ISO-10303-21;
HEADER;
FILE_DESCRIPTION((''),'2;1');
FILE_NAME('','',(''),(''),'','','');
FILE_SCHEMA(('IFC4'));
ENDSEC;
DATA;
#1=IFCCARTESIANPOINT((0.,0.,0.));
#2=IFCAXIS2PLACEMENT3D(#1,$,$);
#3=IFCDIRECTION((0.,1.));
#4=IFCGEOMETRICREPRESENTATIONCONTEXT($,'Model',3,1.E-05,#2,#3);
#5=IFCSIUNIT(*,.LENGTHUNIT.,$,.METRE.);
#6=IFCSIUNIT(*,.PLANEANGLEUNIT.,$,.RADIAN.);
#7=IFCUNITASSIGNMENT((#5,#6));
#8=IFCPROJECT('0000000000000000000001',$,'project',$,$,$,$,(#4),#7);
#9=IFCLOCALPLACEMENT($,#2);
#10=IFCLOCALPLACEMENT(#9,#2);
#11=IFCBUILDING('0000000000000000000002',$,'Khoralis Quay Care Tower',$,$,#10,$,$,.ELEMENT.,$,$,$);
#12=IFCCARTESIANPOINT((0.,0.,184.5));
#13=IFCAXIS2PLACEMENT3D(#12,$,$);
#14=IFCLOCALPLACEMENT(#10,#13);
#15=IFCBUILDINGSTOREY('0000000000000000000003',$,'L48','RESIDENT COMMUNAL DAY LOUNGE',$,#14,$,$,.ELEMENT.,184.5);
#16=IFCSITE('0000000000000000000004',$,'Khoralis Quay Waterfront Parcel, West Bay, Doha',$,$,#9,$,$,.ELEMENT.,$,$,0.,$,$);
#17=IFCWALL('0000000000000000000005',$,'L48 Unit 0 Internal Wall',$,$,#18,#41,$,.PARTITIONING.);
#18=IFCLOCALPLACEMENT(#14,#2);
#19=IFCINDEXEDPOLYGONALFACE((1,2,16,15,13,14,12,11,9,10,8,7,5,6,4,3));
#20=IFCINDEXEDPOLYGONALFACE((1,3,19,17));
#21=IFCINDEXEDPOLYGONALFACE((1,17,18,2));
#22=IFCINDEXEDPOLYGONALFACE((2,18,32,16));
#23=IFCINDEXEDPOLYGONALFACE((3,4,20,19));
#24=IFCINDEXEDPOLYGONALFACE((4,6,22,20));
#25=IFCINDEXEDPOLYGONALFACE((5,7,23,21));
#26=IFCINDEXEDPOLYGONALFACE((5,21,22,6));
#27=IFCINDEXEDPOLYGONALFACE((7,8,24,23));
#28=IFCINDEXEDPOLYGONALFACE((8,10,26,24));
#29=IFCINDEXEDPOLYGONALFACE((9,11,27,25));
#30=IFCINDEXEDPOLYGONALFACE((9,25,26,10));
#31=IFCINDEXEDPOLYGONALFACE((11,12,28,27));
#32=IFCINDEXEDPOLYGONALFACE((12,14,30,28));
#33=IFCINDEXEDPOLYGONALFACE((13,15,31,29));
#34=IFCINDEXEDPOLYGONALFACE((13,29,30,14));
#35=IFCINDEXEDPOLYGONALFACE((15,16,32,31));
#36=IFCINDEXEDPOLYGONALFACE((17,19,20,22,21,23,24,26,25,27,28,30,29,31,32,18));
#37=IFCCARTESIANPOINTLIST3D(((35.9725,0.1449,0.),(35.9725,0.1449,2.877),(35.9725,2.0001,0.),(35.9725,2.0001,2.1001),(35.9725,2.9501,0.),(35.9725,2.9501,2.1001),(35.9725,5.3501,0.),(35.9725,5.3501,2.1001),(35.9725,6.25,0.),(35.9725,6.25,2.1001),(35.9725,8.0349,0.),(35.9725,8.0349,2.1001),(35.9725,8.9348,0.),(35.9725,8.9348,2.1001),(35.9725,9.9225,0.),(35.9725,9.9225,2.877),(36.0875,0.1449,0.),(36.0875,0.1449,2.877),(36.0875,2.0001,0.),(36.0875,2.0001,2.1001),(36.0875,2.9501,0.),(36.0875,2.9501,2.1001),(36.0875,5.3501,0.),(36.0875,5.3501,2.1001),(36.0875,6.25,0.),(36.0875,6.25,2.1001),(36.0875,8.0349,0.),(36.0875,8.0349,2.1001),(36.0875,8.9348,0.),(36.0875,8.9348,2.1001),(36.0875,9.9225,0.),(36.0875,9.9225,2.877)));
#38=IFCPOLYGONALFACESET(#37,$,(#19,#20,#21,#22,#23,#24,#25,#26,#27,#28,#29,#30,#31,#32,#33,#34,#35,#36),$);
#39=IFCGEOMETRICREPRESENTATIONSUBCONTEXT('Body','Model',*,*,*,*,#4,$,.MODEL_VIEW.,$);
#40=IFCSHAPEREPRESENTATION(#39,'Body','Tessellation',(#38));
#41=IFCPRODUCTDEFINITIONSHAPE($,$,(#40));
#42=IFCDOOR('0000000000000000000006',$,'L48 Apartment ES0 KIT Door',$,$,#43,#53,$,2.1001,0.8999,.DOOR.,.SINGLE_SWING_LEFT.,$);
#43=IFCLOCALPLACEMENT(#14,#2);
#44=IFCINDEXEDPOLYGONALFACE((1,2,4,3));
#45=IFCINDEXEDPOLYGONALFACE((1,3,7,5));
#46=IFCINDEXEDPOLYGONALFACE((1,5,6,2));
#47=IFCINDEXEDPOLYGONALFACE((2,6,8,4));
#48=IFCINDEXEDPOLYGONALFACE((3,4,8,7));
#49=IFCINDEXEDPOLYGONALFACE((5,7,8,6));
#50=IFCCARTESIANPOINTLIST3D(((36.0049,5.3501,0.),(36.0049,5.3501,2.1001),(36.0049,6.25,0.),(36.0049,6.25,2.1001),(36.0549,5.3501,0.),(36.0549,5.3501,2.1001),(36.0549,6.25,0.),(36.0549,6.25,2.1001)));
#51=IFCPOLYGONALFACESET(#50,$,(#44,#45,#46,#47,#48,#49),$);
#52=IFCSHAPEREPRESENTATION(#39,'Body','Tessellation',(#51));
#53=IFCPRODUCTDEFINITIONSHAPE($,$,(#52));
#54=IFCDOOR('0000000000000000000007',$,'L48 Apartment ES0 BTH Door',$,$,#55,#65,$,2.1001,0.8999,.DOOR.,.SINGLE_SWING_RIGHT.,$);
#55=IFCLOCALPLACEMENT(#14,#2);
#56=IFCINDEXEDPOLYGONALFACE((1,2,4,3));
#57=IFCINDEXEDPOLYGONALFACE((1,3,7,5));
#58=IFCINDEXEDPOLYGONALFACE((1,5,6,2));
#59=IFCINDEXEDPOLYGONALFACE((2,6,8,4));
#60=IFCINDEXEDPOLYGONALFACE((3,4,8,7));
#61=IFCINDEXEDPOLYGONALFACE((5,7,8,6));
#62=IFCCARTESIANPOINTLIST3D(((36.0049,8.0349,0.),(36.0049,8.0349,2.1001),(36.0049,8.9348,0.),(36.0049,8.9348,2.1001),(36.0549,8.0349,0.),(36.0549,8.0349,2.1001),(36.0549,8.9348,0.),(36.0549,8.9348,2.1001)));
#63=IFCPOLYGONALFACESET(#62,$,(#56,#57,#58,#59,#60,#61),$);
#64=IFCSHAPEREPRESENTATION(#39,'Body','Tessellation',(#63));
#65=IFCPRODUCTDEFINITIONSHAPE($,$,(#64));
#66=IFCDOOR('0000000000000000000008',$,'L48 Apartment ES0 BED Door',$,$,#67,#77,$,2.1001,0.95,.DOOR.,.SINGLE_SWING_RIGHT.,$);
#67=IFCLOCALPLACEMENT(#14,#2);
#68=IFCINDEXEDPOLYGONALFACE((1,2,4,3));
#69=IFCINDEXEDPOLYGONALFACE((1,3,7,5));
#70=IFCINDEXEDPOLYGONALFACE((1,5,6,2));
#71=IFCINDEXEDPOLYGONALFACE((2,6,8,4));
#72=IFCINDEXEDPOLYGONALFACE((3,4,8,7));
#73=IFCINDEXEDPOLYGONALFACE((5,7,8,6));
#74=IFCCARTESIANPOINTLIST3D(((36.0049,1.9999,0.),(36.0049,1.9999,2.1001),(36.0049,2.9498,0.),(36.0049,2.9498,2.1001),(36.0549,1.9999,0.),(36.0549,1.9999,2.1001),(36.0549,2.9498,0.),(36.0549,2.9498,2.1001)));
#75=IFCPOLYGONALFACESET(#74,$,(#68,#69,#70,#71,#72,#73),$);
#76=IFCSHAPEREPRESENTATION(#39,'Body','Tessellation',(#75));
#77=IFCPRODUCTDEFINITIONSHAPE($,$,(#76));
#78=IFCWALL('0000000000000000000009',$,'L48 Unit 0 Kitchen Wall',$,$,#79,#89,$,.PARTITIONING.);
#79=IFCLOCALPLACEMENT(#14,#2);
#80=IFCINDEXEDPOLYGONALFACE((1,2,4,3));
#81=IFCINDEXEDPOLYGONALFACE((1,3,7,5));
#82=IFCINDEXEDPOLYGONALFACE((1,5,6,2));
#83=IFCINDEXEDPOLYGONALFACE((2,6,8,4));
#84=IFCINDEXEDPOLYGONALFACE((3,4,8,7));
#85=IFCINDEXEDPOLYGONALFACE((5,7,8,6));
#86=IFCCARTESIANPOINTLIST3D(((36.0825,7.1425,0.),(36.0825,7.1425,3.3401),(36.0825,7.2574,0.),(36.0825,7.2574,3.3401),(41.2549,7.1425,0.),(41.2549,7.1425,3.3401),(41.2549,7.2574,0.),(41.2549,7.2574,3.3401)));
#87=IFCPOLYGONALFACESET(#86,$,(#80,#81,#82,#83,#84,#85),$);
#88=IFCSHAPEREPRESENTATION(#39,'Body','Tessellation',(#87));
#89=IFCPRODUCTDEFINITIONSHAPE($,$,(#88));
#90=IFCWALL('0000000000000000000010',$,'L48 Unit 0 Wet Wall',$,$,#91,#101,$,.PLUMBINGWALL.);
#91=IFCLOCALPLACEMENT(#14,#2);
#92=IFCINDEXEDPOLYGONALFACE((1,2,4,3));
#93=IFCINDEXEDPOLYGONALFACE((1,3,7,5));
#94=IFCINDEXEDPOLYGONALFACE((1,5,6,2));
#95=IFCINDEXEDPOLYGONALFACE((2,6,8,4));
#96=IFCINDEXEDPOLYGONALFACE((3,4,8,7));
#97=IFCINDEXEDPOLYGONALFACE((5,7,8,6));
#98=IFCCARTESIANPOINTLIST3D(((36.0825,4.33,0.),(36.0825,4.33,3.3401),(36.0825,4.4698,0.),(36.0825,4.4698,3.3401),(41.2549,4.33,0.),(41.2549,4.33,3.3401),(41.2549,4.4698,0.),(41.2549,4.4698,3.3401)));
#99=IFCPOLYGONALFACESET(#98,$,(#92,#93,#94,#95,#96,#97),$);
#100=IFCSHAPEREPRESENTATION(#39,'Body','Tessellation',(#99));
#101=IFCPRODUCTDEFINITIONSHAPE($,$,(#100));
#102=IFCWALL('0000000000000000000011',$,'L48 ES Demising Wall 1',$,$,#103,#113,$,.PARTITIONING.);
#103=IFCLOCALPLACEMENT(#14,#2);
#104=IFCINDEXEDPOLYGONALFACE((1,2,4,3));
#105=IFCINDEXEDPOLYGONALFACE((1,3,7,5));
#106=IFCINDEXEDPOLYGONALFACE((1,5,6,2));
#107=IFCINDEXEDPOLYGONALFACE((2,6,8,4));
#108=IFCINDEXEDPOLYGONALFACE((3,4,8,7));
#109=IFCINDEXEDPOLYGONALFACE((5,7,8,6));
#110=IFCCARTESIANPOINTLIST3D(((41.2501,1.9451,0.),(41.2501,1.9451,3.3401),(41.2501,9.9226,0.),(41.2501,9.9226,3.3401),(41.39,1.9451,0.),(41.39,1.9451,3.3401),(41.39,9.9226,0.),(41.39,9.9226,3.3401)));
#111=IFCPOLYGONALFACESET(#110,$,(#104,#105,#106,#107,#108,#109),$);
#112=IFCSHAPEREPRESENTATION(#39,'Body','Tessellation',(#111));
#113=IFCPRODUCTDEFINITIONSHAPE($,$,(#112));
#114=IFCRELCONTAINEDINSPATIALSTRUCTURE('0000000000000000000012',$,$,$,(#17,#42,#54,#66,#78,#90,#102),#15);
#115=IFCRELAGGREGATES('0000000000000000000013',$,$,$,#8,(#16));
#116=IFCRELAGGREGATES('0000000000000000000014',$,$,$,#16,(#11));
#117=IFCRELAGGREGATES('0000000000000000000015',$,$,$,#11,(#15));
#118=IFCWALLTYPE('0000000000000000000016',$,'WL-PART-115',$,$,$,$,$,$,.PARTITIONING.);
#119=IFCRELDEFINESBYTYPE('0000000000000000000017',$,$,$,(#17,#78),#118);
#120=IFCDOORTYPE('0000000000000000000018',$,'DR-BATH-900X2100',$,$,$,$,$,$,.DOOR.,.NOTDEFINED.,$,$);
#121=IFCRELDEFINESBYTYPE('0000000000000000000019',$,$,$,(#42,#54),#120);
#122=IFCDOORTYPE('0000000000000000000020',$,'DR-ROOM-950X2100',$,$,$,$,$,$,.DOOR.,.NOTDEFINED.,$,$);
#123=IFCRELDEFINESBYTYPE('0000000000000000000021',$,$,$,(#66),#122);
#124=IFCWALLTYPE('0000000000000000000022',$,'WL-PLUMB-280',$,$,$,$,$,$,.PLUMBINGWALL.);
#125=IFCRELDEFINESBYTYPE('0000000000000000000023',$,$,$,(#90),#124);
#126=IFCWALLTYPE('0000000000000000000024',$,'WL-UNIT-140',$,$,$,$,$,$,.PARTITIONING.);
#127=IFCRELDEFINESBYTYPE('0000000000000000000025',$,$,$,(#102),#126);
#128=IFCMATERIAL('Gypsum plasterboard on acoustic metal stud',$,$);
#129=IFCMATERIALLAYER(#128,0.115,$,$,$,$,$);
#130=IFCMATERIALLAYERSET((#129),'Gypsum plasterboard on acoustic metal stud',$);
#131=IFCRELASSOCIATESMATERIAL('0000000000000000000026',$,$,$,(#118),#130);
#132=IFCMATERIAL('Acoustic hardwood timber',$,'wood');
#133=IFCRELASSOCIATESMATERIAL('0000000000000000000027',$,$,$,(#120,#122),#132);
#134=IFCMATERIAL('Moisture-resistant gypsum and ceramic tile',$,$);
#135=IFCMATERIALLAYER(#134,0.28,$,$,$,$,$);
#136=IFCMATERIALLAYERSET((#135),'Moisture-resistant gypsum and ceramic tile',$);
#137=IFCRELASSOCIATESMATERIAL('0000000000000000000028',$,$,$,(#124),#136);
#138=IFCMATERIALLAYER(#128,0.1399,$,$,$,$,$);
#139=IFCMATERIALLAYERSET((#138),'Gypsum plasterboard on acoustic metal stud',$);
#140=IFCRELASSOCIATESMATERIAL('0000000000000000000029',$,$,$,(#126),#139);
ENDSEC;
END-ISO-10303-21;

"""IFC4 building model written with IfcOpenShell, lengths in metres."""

from ifc_helpers import new_model, si_unit, direction, frame, frame_2d, origin, place, context, subcontext, project, spatial, rectangle, extrude, source, transform, mapped, material, layer, layer_set, type_object, element, fill, save


model = new_model("IFC4")

# Units and contexts
model_context = context("Model", 3, precision=1e-05, world=origin(), true_north=direction((0.0, 1.0)))
body_context = subcontext(model_context, "Body", "Model", "MODEL_VIEW")
ifc_project = project(units=[si_unit("LENGTHUNIT", "METRE"), si_unit("PLANEANGLEUNIT", "RADIAN")], contexts=[model_context])

# Site, building, storey
site_placement = place(None, origin())
site = spatial("IfcSite", under=ifc_project, at=site_placement, Name="Khoralis Quay Waterfront Parcel, West Bay, Doha", CompositionType="ELEMENT", RefElevation=0.0)
building_placement = place(site_placement, origin())
building = spatial("IfcBuilding", under=site, at=building_placement, Name="Khoralis Quay Care Tower", CompositionType="ELEMENT")
storey_placement = place(building_placement, frame((0.0, 0.0, 184.5)))
storey = spatial("IfcBuildingStorey", under=building, at=storey_placement, Name="L48", Description="RESIDENT COMMUNAL DAY LOUNGE", CompositionType="ELEMENT", Elevation=184.5)

# Wall, openings, doors
ifc_material_1 = material(Name="Gypsum plasterboard on acoustic metal stud")
ifc_layer_1 = layer(ifc_material_1, 0.115)
ifc_layer_set_1 = layer_set([ifc_layer_1], Name="Gypsum plasterboard on acoustic metal stud")
wall_type_1 = type_object("IfcWallType", Name="WL-PART-115", PredefinedType="PARTITIONING", material=ifc_layer_set_1)
wall_1_placement = place(storey_placement, frame((36.03, 0.145, 0.0), z_axis=(0.0, 0.0, 1.0), x_axis=(0.0, 1.0, 0.0)))
wall_1 = element("IfcWall", 1, at=wall_1_placement, inside=storey, type_object=wall_type_1, Name="L48 Unit 0 Internal Wall", PredefinedType="PARTITIONING", context=body_context, shape_type="SweptSolid", body=[
    extrude(rectangle(XDim=9.7776, YDim=0.115, at=frame_2d((4.8887, 0.0))), origin(), (0.0, 0.0, 1.0), 2.877),
])
opening_1_placement = place(wall_1_placement, frame((1.855, 0.0, 0.0)))
opening_1 = element("IfcOpeningElement", 2, at=opening_1_placement, cuts=wall_1, PredefinedType="OPENING", context=body_context, shape_type="SweptSolid", body=[
    extrude(rectangle(XDim=0.95, YDim=2.1001, at=frame_2d((0.4751, 1.05))), frame((0.0, 0.0674, 0.0), z_axis=(0.0, -1.0, 0.0), x_axis=(1.0, 0.0, 0.0)), (0.0, 0.0, 1.0), 0.135),
])
opening_2_placement = place(wall_1_placement, frame((5.2051, 0.0, 0.0)))
opening_2 = element("IfcOpeningElement", 3, at=opening_2_placement, cuts=wall_1, PredefinedType="OPENING", context=body_context, shape_type="SweptSolid", body=[
    extrude(rectangle(XDim=0.8999, YDim=2.1001, at=frame_2d((0.45, 1.05))), frame((0.0, 0.0674, 0.0), z_axis=(0.0, -1.0, 0.0), x_axis=(1.0, 0.0, 0.0)), (0.0, 0.0, 1.0), 0.135),
])
opening_3_placement = place(wall_1_placement, frame((7.8899, 0.0, 0.0)))
opening_3 = element("IfcOpeningElement", 4, at=opening_3_placement, cuts=wall_1, PredefinedType="OPENING", context=body_context, shape_type="SweptSolid", body=[
    extrude(rectangle(XDim=0.8999, YDim=2.1001, at=frame_2d((0.45, 1.05))), frame((0.0, 0.0674, 0.0), z_axis=(0.0, -1.0, 0.0), x_axis=(1.0, 0.0, 0.0)), (0.0, 0.0, 1.0), 0.135),
])
ifc_material_2 = material(Name="Acoustic hardwood timber", Category="wood")
door_type_1 = type_object("IfcDoorType", Name="DR-BATH-900X2100", OperationType="NOTDEFINED", PredefinedType="DOOR", material=ifc_material_2)
shared_shape_1 = source(origin(), body_context, "Body", "SweptSolid", [
    extrude(rectangle(XDim=0.8999, YDim=2.1001, at=frame_2d((0.45, 1.05))), frame((0.0, 0.0249, 0.0), z_axis=(0.0, -1.0, 0.0), x_axis=(1.0, 0.0, 0.0)), (0.0, 0.0, 1.0), 0.05),
])
door_1_placement = place(opening_2_placement, frame((0.8999, 0.0, 0.0), z_axis=(0.0, 0.0, 1.0), x_axis=(-1.0, 0.0, 0.0)))
door_1 = element("IfcDoor", 5, at=door_1_placement, inside=storey, type_object=door_type_1, Name="L48 Apartment ES0 KIT Door", OperationType="SINGLE_SWING_LEFT", OverallHeight=2.1001, OverallWidth=0.8999, PredefinedType="DOOR", context=body_context, shape_type="MappedRepresentation", body=[
    mapped(shared_shape_1, transform((0.0, 0.0, 0.0), scale=1.0)),
])
fill(opening_2, door_1)
door_2_placement = place(opening_3_placement, frame((0.8999, 0.0, 0.0), z_axis=(0.0, 0.0, 1.0), x_axis=(-1.0, 0.0, 0.0)))
door_2 = element("IfcDoor", 6, at=door_2_placement, inside=storey, type_object=door_type_1, Name="L48 Apartment ES0 BTH Door", OperationType="SINGLE_SWING_RIGHT", OverallHeight=2.1001, OverallWidth=0.8999, PredefinedType="DOOR", context=body_context, shape_type="MappedRepresentation", body=[
    mapped(shared_shape_1, transform((0.0, 0.0, 0.0), scale=1.0)),
])
fill(opening_3, door_2)
door_type_2 = type_object("IfcDoorType", Name="DR-ROOM-950X2100", OperationType="NOTDEFINED", PredefinedType="DOOR", material=ifc_material_2)
shared_shape_2 = source(origin(), body_context, "Body", "SweptSolid", [
    extrude(rectangle(XDim=0.95, YDim=2.1001, at=frame_2d((0.4751, 1.05))), frame((0.0, 0.0249, 0.0), z_axis=(0.0, -1.0, 0.0), x_axis=(1.0, 0.0, 0.0)), (0.0, 0.0, 1.0), 0.05),
])
door_3_placement = place(opening_1_placement, frame((0.95, 0.0, 0.0), z_axis=(0.0, 0.0, 1.0), x_axis=(-1.0, 0.0, 0.0)))
door_3 = element("IfcDoor", 7, at=door_3_placement, inside=storey, type_object=door_type_2, Name="L48 Apartment ES0 BED Door", OperationType="SINGLE_SWING_RIGHT", OverallHeight=2.1001, OverallWidth=0.95, PredefinedType="DOOR", context=body_context, shape_type="MappedRepresentation", body=[
    mapped(shared_shape_2, transform((0.0, 0.0, 0.0), scale=1.0)),
])
fill(opening_1, door_3)

# Walls
wall_2_placement = place(storey_placement, frame((36.0825, 7.2, 0.0), z_axis=(0.0, 0.0, 1.0), x_axis=(1.0, 0.0, 0.0)))
element("IfcWall", 8, at=wall_2_placement, inside=storey, type_object=wall_type_1, Name="L48 Unit 0 Kitchen Wall", PredefinedType="PARTITIONING", context=body_context, shape_type="SweptSolid", body=[
    extrude(rectangle(XDim=5.1724, YDim=0.115, at=frame_2d((2.5862, 0.0))), origin(), (0.0, 0.0, 1.0), 3.3401),
])
ifc_material_3 = material(Name="Moisture-resistant gypsum and ceramic tile")
ifc_layer_2 = layer(ifc_material_3, 0.28)
ifc_layer_set_2 = layer_set([ifc_layer_2], Name="Moisture-resistant gypsum and ceramic tile")
wall_type_2 = type_object("IfcWallType", Name="WL-PLUMB-280", PredefinedType="PLUMBINGWALL", material=ifc_layer_set_2)
wall_3_placement = place(storey_placement, frame((36.0825, 4.3999, 0.0), z_axis=(0.0, 0.0, 1.0), x_axis=(1.0, 0.0, 0.0)))
element("IfcWall", 9, at=wall_3_placement, inside=storey, type_object=wall_type_2, Name="L48 Unit 0 Wet Wall", PredefinedType="PLUMBINGWALL", context=body_context, shape_type="SweptSolid", body=[
    extrude(rectangle(XDim=5.1724, YDim=0.1399, at=frame_2d((2.5862, 0.0))), origin(), (0.0, 0.0, 1.0), 3.3401),
])
ifc_layer_3 = layer(ifc_material_1, 0.1399)
ifc_layer_set_3 = layer_set([ifc_layer_3], Name="Gypsum plasterboard on acoustic metal stud")
wall_type_3 = type_object("IfcWallType", Name="WL-UNIT-140", PredefinedType="PARTITIONING", material=ifc_layer_set_3)
wall_4_placement = place(storey_placement, frame((41.3201, 1.9451, 0.0), z_axis=(0.0, 0.0, 1.0), x_axis=(0.0, 1.0, 0.0)))
element("IfcWall", 10, at=wall_4_placement, inside=storey, type_object=wall_type_3, Name="L48 ES Demising Wall 1", PredefinedType="PARTITIONING", context=body_context, shape_type="SweptSolid", body=[
    extrude(rectangle(XDim=7.9775, YDim=0.1399, at=frame_2d((3.9888, 0.0))), origin(), (0.0, 0.0, 1.0), 3.3401),
])

save(model, "model.ifc")
